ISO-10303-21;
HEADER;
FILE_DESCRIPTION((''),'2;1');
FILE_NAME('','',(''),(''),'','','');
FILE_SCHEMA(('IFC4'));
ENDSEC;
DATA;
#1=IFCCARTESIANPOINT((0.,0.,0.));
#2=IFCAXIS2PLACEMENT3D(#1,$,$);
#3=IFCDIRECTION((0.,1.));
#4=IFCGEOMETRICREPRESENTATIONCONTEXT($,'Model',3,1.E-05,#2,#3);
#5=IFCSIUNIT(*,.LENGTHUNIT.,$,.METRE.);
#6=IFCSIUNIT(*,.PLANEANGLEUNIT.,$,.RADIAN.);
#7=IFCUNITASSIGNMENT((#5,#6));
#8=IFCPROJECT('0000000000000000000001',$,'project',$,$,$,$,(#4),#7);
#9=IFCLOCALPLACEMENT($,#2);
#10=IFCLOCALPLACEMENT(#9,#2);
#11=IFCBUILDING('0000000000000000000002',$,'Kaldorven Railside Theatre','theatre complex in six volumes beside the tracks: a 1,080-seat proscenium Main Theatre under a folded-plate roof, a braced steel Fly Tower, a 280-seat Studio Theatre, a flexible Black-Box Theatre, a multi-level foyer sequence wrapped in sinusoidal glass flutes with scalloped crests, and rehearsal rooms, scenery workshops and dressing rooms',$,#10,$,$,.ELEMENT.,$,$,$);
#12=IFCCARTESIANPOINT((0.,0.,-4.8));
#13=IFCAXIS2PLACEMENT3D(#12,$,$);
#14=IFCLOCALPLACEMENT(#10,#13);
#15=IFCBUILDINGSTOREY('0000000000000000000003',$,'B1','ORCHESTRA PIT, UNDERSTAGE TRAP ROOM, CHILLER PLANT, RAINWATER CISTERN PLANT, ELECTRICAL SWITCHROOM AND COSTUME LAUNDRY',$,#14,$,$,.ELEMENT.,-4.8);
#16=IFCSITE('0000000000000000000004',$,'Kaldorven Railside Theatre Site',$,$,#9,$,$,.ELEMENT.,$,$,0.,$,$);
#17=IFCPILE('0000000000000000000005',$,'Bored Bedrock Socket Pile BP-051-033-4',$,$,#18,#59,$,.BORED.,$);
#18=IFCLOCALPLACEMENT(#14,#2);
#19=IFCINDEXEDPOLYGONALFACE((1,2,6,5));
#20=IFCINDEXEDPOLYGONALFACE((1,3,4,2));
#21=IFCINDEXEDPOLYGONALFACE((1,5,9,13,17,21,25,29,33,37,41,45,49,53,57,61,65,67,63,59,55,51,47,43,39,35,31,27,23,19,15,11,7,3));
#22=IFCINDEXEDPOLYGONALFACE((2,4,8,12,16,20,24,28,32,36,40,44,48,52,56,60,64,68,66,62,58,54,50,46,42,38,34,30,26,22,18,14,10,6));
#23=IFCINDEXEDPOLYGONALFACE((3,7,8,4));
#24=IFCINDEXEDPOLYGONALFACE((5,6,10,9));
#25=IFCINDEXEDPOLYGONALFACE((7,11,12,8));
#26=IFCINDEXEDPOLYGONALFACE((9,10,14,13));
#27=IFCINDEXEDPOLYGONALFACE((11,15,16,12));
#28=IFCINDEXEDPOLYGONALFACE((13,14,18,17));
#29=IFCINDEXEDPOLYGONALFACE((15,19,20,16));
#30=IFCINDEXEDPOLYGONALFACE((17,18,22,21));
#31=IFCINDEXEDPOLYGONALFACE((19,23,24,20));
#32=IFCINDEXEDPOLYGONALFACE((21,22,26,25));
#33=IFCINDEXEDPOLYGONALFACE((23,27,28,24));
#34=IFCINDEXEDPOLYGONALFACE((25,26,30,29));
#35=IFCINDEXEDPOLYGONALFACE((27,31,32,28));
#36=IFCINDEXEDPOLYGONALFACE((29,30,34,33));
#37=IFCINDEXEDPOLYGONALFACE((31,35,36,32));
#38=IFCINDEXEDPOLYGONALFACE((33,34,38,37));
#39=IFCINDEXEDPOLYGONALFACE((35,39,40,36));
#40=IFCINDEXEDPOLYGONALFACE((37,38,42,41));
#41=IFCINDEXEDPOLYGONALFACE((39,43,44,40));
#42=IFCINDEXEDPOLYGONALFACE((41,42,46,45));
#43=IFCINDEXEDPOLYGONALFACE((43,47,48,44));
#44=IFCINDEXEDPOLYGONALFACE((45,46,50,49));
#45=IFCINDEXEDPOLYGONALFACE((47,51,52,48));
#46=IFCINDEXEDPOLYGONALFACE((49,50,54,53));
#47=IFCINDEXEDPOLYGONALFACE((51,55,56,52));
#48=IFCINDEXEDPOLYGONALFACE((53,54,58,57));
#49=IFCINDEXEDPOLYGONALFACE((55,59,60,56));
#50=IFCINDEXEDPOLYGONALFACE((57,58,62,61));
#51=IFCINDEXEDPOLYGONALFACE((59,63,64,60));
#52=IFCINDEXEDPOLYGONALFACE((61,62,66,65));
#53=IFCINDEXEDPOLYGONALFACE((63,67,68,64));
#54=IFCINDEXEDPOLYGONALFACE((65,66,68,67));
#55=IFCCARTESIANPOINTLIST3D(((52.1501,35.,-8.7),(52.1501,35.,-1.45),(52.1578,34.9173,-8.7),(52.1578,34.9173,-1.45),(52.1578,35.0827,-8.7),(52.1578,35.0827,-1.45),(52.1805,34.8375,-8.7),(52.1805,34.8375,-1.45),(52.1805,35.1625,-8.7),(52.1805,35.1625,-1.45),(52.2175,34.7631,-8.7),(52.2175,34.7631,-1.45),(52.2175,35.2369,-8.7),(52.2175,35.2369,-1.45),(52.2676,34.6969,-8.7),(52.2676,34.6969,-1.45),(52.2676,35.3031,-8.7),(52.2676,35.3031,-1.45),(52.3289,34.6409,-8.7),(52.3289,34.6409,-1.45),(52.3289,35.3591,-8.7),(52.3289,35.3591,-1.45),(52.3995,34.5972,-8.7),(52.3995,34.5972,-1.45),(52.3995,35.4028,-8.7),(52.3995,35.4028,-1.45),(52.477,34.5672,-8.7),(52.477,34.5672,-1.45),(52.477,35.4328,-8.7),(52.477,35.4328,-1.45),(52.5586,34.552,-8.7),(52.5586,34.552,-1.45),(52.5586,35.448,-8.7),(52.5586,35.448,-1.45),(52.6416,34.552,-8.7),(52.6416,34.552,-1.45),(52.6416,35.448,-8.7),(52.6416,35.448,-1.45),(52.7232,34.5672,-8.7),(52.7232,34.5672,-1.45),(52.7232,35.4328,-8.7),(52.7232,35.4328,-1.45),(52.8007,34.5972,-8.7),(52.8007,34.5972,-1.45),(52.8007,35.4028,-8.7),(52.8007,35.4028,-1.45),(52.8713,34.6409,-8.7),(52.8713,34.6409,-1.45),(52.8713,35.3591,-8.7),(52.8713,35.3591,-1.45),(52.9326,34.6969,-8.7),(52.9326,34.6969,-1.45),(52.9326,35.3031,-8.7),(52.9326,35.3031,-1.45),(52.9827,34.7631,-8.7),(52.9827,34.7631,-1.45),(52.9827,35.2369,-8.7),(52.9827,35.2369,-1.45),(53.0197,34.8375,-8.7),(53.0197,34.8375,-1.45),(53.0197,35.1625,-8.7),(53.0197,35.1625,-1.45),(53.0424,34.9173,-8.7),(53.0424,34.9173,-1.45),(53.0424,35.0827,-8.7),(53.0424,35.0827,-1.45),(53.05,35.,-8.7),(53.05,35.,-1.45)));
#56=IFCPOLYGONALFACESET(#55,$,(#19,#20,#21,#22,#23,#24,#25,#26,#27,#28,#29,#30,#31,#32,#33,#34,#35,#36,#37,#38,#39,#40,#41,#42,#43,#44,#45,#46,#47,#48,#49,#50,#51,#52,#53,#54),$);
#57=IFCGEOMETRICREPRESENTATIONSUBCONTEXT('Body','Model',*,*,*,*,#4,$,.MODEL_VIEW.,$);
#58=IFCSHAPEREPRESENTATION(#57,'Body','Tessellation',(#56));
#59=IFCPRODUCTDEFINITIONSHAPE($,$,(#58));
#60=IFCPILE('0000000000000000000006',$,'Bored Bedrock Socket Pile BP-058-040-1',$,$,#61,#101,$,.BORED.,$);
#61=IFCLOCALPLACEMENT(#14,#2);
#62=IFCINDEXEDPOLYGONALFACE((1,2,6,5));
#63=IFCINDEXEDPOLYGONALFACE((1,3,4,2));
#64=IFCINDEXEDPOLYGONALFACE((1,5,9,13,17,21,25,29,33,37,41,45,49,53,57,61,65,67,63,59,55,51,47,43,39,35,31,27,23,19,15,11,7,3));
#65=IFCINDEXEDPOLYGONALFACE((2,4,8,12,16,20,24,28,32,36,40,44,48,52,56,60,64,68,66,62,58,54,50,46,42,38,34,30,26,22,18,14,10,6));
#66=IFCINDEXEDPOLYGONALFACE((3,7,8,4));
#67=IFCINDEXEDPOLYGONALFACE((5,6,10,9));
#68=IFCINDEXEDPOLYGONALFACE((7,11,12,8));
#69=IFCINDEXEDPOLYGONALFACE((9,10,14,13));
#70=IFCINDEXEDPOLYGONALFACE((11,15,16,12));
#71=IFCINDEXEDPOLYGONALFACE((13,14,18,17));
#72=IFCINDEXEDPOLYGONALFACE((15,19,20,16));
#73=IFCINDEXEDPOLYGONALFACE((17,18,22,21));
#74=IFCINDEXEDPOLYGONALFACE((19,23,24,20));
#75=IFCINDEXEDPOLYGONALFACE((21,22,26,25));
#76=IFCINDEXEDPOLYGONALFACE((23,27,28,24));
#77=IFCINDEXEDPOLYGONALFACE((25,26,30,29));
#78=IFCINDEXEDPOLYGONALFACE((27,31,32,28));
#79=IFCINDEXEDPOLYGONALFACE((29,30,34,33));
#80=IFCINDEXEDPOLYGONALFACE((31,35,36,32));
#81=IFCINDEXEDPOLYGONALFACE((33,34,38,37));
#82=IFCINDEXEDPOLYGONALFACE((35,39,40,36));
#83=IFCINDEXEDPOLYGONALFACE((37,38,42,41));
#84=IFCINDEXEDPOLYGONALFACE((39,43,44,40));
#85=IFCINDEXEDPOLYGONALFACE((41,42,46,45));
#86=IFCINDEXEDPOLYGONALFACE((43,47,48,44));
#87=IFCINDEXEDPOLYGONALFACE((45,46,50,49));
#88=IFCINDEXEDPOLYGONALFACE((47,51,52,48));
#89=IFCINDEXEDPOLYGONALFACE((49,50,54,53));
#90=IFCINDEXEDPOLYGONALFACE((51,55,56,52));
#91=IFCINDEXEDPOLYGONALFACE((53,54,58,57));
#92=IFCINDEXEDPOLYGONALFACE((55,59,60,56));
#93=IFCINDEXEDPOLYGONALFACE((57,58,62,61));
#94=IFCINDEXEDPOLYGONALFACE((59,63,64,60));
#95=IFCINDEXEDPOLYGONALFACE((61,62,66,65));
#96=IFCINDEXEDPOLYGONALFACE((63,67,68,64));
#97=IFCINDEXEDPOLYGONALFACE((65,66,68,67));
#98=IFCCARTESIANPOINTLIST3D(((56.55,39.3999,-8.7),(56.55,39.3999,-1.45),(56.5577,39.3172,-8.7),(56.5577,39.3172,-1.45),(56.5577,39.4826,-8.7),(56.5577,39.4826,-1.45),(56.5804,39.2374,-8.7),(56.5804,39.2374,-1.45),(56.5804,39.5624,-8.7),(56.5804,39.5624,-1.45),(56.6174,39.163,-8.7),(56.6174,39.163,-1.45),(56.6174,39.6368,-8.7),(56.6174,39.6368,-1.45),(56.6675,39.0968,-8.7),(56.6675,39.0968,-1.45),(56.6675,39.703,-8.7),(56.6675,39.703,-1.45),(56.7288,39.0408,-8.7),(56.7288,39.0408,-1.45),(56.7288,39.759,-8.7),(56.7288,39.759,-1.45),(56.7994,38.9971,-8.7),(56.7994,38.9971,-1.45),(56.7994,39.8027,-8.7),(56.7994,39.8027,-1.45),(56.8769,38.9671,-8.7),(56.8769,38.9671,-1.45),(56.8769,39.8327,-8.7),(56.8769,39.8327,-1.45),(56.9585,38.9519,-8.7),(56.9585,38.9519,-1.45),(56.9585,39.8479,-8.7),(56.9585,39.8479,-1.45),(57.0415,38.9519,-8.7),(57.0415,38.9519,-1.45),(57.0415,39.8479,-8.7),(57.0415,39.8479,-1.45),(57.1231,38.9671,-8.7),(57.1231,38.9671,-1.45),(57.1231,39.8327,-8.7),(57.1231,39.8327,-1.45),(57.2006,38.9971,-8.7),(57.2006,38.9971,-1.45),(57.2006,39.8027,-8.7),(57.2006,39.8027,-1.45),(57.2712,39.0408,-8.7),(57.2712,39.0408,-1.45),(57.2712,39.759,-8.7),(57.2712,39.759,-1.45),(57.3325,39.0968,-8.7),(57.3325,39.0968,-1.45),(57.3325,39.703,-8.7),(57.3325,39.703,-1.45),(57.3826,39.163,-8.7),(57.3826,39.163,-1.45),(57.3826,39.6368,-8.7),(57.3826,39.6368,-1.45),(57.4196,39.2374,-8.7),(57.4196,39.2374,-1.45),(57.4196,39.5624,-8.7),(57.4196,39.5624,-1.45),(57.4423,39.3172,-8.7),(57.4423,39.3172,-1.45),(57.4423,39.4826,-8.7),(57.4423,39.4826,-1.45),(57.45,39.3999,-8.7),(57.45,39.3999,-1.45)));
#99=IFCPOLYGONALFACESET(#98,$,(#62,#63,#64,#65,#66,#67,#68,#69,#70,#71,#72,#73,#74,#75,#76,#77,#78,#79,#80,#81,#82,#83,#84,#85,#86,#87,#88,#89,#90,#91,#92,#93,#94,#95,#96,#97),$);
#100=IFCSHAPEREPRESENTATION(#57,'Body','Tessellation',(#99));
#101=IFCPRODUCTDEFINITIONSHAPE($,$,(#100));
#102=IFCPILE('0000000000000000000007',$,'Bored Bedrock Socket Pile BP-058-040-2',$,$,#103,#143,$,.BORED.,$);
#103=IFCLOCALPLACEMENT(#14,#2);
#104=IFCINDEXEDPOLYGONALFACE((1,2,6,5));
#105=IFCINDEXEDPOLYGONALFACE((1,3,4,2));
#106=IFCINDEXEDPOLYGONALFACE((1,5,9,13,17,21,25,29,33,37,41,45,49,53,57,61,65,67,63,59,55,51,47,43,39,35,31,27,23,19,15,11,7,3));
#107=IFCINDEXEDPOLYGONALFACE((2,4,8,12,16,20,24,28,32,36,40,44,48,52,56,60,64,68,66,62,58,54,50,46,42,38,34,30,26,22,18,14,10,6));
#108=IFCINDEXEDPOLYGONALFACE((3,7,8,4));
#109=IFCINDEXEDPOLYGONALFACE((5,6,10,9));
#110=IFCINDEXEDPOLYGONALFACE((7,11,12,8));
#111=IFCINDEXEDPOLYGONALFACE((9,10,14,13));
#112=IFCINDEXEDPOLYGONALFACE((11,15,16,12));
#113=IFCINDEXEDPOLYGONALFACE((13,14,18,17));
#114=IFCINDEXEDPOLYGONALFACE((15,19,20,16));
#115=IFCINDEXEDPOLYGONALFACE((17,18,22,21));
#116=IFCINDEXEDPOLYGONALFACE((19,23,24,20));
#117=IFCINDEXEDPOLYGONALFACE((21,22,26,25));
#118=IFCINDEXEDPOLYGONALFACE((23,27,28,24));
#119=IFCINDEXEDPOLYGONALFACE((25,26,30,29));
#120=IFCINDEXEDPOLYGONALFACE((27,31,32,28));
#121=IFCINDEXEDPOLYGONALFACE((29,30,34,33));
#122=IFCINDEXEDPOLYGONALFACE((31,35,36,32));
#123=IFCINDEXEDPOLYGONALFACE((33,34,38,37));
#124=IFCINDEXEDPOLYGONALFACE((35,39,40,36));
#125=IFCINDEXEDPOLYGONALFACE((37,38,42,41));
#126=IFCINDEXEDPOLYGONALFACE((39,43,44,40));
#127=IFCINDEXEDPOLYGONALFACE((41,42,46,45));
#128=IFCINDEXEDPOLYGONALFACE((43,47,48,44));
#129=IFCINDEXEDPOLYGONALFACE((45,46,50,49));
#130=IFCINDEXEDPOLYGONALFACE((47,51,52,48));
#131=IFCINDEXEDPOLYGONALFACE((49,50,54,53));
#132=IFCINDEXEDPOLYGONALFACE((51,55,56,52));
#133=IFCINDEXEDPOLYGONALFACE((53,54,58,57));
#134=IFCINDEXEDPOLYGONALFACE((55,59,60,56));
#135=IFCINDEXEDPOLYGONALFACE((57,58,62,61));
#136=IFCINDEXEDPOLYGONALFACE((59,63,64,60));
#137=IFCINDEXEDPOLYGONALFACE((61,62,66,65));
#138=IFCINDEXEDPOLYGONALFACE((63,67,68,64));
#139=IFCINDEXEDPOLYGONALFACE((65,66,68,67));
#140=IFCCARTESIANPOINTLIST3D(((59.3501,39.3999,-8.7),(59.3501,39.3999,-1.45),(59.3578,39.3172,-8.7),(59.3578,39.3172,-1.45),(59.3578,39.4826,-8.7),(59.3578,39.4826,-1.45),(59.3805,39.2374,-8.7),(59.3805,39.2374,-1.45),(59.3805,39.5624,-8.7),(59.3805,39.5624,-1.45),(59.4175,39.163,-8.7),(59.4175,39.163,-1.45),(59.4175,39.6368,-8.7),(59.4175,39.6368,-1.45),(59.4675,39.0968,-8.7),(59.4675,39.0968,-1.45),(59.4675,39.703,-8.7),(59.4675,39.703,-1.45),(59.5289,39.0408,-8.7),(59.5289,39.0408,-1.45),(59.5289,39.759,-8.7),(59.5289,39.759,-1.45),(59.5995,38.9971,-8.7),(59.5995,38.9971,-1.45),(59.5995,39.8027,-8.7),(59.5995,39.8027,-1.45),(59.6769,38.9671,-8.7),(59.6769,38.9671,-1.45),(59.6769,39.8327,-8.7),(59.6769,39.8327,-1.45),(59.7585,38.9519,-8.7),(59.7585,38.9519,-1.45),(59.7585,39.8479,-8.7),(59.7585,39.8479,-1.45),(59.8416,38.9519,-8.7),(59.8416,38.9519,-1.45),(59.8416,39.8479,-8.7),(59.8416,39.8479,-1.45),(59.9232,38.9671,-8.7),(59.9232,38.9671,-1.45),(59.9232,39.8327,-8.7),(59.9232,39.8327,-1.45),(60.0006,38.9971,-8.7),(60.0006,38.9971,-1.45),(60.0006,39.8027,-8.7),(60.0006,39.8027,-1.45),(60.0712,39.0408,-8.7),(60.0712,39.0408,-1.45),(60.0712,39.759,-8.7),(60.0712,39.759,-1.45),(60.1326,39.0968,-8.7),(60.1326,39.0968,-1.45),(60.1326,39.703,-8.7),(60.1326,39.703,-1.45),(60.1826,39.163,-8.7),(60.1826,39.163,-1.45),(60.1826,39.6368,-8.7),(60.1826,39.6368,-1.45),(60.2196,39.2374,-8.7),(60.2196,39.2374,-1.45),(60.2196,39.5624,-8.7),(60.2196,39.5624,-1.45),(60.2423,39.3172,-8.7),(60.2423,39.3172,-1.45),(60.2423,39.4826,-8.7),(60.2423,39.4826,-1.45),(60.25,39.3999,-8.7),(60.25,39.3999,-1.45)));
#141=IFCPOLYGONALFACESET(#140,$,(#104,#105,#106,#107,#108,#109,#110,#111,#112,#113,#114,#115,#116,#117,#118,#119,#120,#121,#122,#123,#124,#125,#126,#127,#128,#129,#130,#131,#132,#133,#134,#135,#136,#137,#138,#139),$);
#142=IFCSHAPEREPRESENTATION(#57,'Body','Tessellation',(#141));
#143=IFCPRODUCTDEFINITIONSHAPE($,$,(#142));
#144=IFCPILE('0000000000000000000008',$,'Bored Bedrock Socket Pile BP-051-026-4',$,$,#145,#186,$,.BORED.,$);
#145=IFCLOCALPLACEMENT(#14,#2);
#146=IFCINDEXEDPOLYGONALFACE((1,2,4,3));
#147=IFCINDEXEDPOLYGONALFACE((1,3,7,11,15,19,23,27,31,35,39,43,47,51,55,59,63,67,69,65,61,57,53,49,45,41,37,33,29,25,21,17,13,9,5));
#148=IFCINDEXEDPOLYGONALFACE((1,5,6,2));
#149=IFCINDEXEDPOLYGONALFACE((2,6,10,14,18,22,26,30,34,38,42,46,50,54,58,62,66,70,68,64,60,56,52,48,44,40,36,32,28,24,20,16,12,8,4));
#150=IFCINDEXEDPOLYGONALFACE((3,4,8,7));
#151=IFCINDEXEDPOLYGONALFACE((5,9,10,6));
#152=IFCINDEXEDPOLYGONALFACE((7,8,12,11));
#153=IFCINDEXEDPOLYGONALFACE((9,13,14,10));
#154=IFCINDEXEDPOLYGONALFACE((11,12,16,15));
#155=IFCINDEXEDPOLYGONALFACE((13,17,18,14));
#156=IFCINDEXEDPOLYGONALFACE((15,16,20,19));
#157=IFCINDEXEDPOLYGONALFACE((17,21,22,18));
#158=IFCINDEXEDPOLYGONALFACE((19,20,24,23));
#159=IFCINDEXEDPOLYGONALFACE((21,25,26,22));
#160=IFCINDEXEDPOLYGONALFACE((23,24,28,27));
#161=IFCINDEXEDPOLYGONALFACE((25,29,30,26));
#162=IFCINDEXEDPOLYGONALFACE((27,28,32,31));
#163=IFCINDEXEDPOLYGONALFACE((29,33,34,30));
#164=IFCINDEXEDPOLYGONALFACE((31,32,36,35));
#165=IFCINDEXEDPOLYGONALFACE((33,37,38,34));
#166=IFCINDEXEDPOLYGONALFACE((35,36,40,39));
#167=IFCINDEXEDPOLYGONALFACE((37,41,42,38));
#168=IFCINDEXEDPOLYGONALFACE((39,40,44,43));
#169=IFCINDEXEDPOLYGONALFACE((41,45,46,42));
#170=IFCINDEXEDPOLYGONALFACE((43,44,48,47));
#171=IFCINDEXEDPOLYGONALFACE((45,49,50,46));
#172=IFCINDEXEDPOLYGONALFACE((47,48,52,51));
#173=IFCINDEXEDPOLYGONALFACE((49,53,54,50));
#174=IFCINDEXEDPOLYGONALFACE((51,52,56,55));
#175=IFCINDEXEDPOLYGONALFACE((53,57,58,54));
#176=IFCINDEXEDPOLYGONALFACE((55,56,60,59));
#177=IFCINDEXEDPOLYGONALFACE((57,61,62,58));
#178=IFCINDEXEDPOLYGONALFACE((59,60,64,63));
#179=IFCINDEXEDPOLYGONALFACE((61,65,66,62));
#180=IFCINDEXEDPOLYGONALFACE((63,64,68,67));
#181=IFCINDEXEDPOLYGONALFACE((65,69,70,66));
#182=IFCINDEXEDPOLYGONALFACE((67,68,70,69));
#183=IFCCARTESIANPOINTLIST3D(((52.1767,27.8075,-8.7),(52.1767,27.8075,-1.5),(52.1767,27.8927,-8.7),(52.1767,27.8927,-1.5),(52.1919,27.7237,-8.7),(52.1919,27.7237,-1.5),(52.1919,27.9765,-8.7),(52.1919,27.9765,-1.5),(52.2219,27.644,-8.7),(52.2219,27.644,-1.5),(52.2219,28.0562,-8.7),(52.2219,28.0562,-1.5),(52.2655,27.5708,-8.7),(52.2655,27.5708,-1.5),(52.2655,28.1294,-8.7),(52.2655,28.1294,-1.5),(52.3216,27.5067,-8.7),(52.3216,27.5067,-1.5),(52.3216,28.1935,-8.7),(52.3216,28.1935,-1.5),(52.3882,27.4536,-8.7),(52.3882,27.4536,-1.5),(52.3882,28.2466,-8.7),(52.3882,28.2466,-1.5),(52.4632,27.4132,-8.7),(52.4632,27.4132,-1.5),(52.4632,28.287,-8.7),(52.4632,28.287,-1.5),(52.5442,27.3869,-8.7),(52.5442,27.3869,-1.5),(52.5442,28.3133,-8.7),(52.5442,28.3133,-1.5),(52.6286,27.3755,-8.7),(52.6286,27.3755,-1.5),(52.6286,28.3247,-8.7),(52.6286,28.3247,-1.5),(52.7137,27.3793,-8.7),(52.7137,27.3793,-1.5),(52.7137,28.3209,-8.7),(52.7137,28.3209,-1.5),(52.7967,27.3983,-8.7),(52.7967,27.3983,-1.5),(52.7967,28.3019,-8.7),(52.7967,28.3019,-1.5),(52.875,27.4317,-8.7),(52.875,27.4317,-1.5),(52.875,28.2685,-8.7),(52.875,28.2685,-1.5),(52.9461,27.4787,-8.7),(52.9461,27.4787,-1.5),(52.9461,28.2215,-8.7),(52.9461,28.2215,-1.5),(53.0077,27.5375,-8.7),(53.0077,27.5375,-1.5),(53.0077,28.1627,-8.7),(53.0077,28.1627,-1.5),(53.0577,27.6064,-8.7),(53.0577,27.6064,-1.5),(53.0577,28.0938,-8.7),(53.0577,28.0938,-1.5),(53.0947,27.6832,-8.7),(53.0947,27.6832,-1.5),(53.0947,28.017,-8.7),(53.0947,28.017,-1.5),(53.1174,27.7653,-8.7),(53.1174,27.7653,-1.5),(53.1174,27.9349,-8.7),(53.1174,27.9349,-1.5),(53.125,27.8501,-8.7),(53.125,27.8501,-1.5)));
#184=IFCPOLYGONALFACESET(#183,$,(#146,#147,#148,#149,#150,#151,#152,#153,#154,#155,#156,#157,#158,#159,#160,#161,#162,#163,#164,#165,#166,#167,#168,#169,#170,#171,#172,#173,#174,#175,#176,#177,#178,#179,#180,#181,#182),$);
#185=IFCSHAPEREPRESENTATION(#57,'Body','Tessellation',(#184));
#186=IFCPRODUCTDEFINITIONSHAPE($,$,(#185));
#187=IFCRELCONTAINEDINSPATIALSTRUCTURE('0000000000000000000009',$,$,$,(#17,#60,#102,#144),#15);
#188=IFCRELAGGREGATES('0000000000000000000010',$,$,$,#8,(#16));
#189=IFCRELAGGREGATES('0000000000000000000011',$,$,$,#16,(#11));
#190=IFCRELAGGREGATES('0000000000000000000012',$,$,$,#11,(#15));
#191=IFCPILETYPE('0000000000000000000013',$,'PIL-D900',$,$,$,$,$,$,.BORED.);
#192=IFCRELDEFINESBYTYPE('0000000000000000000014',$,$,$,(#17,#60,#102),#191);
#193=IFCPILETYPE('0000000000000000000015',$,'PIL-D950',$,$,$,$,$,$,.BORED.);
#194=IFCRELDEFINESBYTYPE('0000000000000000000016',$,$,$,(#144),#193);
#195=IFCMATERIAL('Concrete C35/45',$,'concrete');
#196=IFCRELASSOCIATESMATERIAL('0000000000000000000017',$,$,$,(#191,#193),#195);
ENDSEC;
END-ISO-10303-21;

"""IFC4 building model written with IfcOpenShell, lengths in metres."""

from ifc_helpers import new_model, si_unit, direction, frame, origin, origin_2d, place, context, subcontext, project, spatial, circle, extrude, material, material_profile, profile_set, type_object, element, save


model = new_model("IFC4")

# Units and contexts
model_context = context("Model", 3, precision=1e-05, world=origin(), true_north=direction((0.0, 1.0)))
body_context = subcontext(model_context, "Body", "Model", "MODEL_VIEW")
ifc_project = project(units=[si_unit("LENGTHUNIT", "METRE"), si_unit("PLANEANGLEUNIT", "RADIAN")], contexts=[model_context])

# Site, building, storey
site_placement = place(None, origin())
site = spatial("IfcSite", under=ifc_project, at=site_placement, Name="Kaldorven Railside Theatre Site", CompositionType="ELEMENT", RefElevation=0.0)
building_placement = place(site_placement, origin())
building = spatial("IfcBuilding", under=site, at=building_placement, Name="Kaldorven Railside Theatre", Description="theatre complex in six volumes beside the tracks: a 1,080-seat proscenium Main Theatre under a folded-plate roof, a braced steel Fly Tower, a 280-seat Studio Theatre, a flexible Black-Box Theatre, a multi-level foyer sequence wrapped in sinusoidal glass flutes with scalloped crests, and rehearsal rooms, scenery workshops and dressing rooms", CompositionType="ELEMENT")
storey_placement = place(building_placement, frame((0.0, 0.0, -4.8)))
storey = spatial("IfcBuildingStorey", under=building, at=storey_placement, Name="B1", Description="ORCHESTRA PIT, UNDERSTAGE TRAP ROOM, CHILLER PLANT, RAINWATER CISTERN PLANT, ELECTRICAL SWITCHROOM AND COSTUME LAUNDRY", CompositionType="ELEMENT", Elevation=-4.8)

# Piles
ifc_material_1 = material(Name="Concrete C35/45", Category="concrete")
ifc_material_profile_1 = material_profile(ifc_material_1, circle(Radius=0.45, at=origin_2d()), Name="BP D900")
ifc_profile_set_1 = profile_set([ifc_material_profile_1], Name="Concrete C35/45")
pile_type_1 = type_object("IfcPileType", Name="PIL-D900", PredefinedType="BORED", material=ifc_profile_set_1)
for number, where, z_axis, x_axis, name in (
    (1, (52.6001, 35.0, -1.45), (0.0, 0.0, -1.0), (1.0, 0.0, 0.0), "Bored Bedrock Socket Pile BP-051-033-4"),
    (2, (57.0, 39.3999, -1.45), (0.0, 0.0, -1.0), (1.0, 0.0, 0.0), "Bored Bedrock Socket Pile BP-058-040-1"),
    (3, (59.8, 39.3999, -1.45), (0.0, 0.0, -1.0), (1.0, 0.0, 0.0), "Bored Bedrock Socket Pile BP-058-040-2"),
):
    element("IfcPile", number, at=place(storey_placement, frame(where, z_axis=z_axis, x_axis=x_axis)), inside=storey, type_object=pile_type_1, Name=name, PredefinedType="BORED", context=body_context, shape_type="SweptSolid", body=[
        extrude(circle(Radius=0.45, at=origin_2d()), origin(), (0.0, 0.0, 1.0), 7.25),
    ])
ifc_material_profile_2 = material_profile(ifc_material_1, circle(Radius=0.4751, at=origin_2d()), Name="BP D950")
ifc_profile_set_2 = profile_set([ifc_material_profile_2], Name="Concrete C35/45")
pile_type_2 = type_object("IfcPileType", Name="PIL-D950", PredefinedType="BORED", material=ifc_profile_set_2)
for number, where, z_axis, x_axis, name in (
    (4, (52.6499, 27.8501, -1.5), (0.0, 0.0, -1.0), (1.0, 0.0, 0.0), "Bored Bedrock Socket Pile BP-051-026-4"),
):
    element("IfcPile", number, at=place(storey_placement, frame(where, z_axis=z_axis, x_axis=x_axis)), inside=storey, type_object=pile_type_2, Name=name, PredefinedType="BORED", context=body_context, shape_type="SweptSolid", body=[
        extrude(circle(Radius=0.4751, at=origin_2d()), origin(), (0.0, 0.0, 1.0), 7.2),
    ])

save(model, "model.ifc")
